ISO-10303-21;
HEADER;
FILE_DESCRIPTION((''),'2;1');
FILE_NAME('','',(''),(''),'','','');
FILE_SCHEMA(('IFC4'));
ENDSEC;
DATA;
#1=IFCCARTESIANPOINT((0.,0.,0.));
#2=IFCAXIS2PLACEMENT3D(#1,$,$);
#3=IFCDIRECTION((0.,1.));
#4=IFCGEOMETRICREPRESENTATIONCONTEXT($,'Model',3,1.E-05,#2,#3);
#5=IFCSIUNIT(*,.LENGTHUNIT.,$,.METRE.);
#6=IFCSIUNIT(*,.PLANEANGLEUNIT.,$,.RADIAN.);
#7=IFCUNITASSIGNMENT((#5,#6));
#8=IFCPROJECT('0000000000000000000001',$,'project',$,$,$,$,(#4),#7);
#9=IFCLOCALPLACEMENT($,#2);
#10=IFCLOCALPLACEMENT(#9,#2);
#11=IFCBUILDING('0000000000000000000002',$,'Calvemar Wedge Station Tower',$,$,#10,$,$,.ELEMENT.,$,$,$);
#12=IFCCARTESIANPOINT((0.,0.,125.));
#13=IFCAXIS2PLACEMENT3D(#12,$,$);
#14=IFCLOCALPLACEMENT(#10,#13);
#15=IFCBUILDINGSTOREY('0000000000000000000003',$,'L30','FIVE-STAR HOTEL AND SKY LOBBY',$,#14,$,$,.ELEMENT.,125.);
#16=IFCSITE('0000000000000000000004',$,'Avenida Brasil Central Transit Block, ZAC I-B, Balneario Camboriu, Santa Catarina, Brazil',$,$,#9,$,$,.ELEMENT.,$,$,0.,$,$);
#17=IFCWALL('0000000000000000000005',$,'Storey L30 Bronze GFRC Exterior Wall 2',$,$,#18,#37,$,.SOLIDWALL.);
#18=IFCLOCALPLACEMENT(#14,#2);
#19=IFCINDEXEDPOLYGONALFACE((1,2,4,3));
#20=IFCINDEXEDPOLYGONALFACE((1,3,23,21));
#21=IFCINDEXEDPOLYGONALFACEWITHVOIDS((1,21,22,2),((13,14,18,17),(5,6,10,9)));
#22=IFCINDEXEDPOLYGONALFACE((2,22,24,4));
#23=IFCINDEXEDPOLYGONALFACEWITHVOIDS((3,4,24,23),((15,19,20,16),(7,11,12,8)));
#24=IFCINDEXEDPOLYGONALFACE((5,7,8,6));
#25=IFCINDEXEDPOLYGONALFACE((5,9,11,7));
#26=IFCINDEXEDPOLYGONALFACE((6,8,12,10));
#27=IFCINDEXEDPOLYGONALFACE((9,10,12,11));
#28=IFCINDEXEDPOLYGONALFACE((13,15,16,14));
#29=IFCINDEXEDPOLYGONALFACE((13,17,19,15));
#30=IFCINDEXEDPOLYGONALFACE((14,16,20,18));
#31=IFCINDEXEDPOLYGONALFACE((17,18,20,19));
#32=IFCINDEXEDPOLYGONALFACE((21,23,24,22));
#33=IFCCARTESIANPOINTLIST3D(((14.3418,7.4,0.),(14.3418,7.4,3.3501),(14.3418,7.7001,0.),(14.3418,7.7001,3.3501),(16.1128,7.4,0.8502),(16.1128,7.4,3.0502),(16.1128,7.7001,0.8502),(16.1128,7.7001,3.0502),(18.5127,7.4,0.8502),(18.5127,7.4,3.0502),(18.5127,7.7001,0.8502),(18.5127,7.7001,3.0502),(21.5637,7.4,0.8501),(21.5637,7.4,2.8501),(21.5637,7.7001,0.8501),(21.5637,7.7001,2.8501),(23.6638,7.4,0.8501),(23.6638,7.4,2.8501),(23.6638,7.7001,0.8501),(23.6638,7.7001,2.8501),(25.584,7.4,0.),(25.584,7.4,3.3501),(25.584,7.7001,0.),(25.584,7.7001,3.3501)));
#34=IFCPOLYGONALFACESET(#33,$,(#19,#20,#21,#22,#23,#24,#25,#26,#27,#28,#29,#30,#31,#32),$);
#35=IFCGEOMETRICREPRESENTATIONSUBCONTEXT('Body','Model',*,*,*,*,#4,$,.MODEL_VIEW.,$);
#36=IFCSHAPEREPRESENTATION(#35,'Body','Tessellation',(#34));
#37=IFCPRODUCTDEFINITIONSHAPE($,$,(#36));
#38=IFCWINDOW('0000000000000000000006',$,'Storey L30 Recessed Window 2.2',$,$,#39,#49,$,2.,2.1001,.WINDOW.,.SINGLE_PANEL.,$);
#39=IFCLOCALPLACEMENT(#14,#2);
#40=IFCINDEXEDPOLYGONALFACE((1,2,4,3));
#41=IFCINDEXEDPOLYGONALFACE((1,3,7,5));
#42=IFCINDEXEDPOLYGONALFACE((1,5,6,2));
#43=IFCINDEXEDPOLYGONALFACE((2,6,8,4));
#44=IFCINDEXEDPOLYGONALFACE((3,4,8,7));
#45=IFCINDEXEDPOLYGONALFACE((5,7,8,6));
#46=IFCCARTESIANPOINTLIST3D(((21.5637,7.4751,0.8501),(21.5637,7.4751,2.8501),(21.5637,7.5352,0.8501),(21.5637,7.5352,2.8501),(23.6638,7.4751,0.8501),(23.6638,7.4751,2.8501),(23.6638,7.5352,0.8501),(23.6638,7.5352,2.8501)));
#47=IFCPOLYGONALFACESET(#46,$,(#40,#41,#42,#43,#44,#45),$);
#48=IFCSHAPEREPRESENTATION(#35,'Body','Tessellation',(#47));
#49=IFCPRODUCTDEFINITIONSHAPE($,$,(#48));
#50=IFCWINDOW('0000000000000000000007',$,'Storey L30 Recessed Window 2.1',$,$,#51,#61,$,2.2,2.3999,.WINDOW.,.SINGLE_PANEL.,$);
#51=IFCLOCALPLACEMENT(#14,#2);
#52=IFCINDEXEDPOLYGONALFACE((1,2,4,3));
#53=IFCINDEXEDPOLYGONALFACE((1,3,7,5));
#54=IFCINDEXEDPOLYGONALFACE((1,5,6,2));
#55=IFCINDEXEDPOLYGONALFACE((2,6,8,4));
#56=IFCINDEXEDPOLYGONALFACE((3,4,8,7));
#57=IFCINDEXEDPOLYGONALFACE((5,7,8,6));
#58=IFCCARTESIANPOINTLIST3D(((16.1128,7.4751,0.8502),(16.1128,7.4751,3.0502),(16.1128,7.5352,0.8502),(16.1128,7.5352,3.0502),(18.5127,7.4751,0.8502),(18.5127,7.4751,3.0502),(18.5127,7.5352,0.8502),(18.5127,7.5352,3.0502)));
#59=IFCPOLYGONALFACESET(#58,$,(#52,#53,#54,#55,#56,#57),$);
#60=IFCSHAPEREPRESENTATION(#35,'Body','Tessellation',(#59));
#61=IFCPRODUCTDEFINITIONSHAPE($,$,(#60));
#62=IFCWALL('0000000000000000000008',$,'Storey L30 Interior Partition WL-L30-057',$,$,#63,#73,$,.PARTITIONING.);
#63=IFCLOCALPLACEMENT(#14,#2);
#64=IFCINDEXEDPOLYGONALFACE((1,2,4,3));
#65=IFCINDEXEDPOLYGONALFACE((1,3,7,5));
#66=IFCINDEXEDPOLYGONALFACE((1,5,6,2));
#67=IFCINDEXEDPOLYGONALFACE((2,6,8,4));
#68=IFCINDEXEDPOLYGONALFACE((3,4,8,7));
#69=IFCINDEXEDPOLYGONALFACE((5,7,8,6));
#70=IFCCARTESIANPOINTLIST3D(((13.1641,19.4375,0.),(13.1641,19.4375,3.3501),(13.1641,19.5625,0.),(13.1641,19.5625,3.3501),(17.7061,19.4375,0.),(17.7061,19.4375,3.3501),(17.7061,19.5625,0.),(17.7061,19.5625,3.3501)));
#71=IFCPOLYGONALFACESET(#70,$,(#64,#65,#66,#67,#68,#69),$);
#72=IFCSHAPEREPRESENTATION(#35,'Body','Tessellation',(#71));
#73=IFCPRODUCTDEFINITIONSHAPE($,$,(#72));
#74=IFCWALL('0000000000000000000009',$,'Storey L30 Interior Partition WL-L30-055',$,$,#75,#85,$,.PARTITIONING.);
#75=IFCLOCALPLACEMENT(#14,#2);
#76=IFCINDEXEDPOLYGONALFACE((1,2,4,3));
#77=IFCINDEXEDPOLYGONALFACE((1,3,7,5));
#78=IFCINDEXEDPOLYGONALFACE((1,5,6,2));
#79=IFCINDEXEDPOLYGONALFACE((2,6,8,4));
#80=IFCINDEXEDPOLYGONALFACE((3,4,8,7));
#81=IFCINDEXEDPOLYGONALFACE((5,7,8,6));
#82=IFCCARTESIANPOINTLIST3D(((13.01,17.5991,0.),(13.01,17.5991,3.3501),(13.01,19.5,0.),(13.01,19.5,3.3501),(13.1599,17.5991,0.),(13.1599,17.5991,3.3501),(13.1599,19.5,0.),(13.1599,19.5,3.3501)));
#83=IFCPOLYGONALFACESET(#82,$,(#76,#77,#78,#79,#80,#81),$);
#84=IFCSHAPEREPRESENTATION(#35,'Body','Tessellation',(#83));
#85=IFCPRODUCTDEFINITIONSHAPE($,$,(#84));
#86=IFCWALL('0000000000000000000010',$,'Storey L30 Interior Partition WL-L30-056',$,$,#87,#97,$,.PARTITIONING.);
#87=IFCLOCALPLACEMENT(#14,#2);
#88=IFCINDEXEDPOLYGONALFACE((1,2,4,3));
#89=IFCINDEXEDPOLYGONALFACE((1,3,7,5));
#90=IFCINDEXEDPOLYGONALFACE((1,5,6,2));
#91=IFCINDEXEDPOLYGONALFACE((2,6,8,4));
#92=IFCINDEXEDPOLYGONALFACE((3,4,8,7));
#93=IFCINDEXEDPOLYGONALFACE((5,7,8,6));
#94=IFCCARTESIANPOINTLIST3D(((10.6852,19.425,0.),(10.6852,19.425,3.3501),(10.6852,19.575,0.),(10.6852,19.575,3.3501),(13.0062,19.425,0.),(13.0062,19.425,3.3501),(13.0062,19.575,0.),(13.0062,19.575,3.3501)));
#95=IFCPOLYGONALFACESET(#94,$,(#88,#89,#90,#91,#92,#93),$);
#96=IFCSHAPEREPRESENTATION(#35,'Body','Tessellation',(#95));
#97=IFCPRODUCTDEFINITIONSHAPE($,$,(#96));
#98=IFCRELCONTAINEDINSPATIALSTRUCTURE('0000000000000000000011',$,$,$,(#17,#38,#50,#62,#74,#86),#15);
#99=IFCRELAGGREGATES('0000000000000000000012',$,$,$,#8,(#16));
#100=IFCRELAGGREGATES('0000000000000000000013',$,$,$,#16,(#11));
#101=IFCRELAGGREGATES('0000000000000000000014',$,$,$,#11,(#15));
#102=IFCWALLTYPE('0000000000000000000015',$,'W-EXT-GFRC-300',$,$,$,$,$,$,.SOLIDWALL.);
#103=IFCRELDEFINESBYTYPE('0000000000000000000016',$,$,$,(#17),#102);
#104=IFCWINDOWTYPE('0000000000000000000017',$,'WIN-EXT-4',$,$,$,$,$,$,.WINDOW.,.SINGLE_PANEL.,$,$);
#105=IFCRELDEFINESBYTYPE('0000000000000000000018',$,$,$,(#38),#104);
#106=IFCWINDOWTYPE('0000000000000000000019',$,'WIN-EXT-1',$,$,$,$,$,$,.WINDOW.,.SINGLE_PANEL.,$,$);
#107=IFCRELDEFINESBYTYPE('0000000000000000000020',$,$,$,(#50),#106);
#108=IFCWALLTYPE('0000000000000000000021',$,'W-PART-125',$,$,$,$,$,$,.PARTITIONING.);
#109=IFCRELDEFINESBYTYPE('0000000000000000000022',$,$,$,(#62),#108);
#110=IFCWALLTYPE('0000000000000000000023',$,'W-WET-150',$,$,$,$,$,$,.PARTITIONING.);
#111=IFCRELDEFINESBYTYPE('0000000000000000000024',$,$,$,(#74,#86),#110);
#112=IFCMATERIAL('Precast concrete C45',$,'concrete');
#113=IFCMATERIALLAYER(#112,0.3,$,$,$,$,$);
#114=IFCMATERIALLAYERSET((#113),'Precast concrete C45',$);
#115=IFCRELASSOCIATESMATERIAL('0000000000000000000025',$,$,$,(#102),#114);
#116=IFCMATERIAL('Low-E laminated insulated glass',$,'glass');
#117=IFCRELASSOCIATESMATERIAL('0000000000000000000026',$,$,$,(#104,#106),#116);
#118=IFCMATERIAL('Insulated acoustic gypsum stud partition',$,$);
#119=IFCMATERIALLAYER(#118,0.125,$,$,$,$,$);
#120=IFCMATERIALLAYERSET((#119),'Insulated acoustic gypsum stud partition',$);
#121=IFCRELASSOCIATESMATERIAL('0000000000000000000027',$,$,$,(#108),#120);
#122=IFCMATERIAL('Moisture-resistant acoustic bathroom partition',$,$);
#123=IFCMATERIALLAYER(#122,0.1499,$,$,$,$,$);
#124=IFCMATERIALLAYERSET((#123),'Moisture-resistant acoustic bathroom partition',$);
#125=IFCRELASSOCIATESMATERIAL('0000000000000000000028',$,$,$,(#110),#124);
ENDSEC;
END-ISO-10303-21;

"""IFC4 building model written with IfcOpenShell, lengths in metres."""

from ifc_helpers import new_model, si_unit, direction, frame, frame_2d, origin, place, context, subcontext, project, spatial, rectangle, extrude, source, transform, mapped, material, layer, layer_set, type_object, element, fill, save


model = new_model("IFC4")

# Units and contexts
model_context = context("Model", 3, precision=1e-05, world=origin(), true_north=direction((0.0, 1.0)))
body_context = subcontext(model_context, "Body", "Model", "MODEL_VIEW")
ifc_project = project(units=[si_unit("LENGTHUNIT", "METRE"), si_unit("PLANEANGLEUNIT", "RADIAN")], contexts=[model_context])

# Site, building, storey
site_placement = place(None, origin())
site = spatial("IfcSite", under=ifc_project, at=site_placement, Name="Avenida Brasil Central Transit Block, ZAC I-B, Balneario Camboriu, Santa Catarina, Brazil", CompositionType="ELEMENT", RefElevation=0.0)
building_placement = place(site_placement, origin())
building = spatial("IfcBuilding", under=site, at=building_placement, Name="Calvemar Wedge Station Tower", CompositionType="ELEMENT")
storey_placement = place(building_placement, frame((0.0, 0.0, 125.0)))
storey = spatial("IfcBuildingStorey", under=building, at=storey_placement, Name="L30", Description="FIVE-STAR HOTEL AND SKY LOBBY", CompositionType="ELEMENT", Elevation=125.0)

# Shared definitions
ifc_material_1 = material(Name="Precast concrete C45", Category="concrete")
ifc_layer_1 = layer(ifc_material_1, 0.3)
ifc_layer_set_1 = layer_set([ifc_layer_1], Name="Precast concrete C45")
wall_type_1 = type_object("IfcWallType", Name="W-EXT-GFRC-300", PredefinedType="SOLIDWALL", material=ifc_layer_set_1)
shared_shape_1 = source(origin(), body_context, "Body", "SweptSolid", [
    extrude(rectangle(XDim=2.1001, YDim=2.0, at=frame_2d((1.05, 1.0))), frame((0.0, 0.1602, 0.0), z_axis=(0.0, -1.0, 0.0), x_axis=(1.0, 0.0, 0.0)), (0.0, 0.0, 1.0), 0.3201),
])
ifc_material_2 = material(Name="Low-E laminated insulated glass", Category="glass")
window_type_1 = type_object("IfcWindowType", Name="WIN-EXT-4", PartitioningType="SINGLE_PANEL", PredefinedType="WINDOW", material=ifc_material_2)
shared_shape_2 = source(origin(), body_context, "Body", "SweptSolid", [
    extrude(rectangle(XDim=2.1001, YDim=2.0, at=frame_2d((1.05, 1.0))), frame((0.0, -0.0149, 0.0), z_axis=(0.0, -1.0, 0.0), x_axis=(1.0, 0.0, 0.0)), (0.0, 0.0, 1.0), 0.0601),
])

# Wall, openings, windows
wall_1_placement = place(storey_placement, frame((14.3418, 7.55, 0.0), z_axis=(0.0, 0.0, 1.0), x_axis=(1.0, 0.0, 0.0)))
wall_1 = element("IfcWall", 1, at=wall_1_placement, inside=storey, type_object=wall_type_1, Name="Storey L30 Bronze GFRC Exterior Wall 2", PredefinedType="SOLIDWALL", context=body_context, shape_type="SweptSolid", body=[
    extrude(rectangle(XDim=11.2422, YDim=0.3, at=frame_2d((5.6211, 0.0))), origin(), (0.0, 0.0, 1.0), 3.3501),
])
shared_shape_3 = source(origin(), body_context, "Body", "SweptSolid", [
    extrude(rectangle(XDim=2.3999, YDim=2.2, at=frame_2d((1.2, 1.1001))), frame((0.0, 0.1602, 0.0), z_axis=(0.0, -1.0, 0.0), x_axis=(1.0, 0.0, 0.0)), (0.0, 0.0, 1.0), 0.3201),
])
opening_1_placement = place(wall_1_placement, frame((1.771, 0.0, 0.8501)))
opening_1 = element("IfcOpeningElement", 2, at=opening_1_placement, cuts=wall_1, PredefinedType="OPENING", context=body_context, shape_type="MappedRepresentation", body=[
    mapped(shared_shape_3, transform((0.0, 0.0, 0.0), scale=1.0)),
])
opening_2_placement = place(wall_1_placement, frame((7.2219, 0.0, 0.8501)))
opening_2 = element("IfcOpeningElement", 3, at=opening_2_placement, cuts=wall_1, PredefinedType="OPENING", context=body_context, shape_type="MappedRepresentation", body=[
    mapped(shared_shape_1, transform((0.0, 0.0, 0.0), scale=1.0)),
])
window_1_placement = place(opening_2_placement, origin())
window_1 = element("IfcWindow", 4, at=window_1_placement, inside=storey, type_object=window_type_1, Name="Storey L30 Recessed Window 2.2", OverallHeight=2.0, OverallWidth=2.1001, PartitioningType="SINGLE_PANEL", PredefinedType="WINDOW", context=body_context, shape_type="MappedRepresentation", body=[
    mapped(shared_shape_2, transform((0.0, 0.0, 0.0), scale=1.0)),
])
fill(opening_2, window_1)
window_type_2 = type_object("IfcWindowType", Name="WIN-EXT-1", PartitioningType="SINGLE_PANEL", PredefinedType="WINDOW", material=ifc_material_2)
shared_shape_4 = source(origin(), body_context, "Body", "SweptSolid", [
    extrude(rectangle(XDim=2.3999, YDim=2.2, at=frame_2d((1.2, 1.1001))), frame((0.0, -0.0149, 0.0), z_axis=(0.0, -1.0, 0.0), x_axis=(1.0, 0.0, 0.0)), (0.0, 0.0, 1.0), 0.0601),
])
window_2_placement = place(opening_1_placement, origin())
window_2 = element("IfcWindow", 5, at=window_2_placement, inside=storey, type_object=window_type_2, Name="Storey L30 Recessed Window 2.1", OverallHeight=2.2, OverallWidth=2.3999, PartitioningType="SINGLE_PANEL", PredefinedType="WINDOW", context=body_context, shape_type="MappedRepresentation", body=[
    mapped(shared_shape_4, transform((0.0, 0.0, 0.0), scale=1.0)),
])
fill(opening_1, window_2)

# Wall
ifc_material_3 = material(Name="Insulated acoustic gypsum stud partition")
ifc_layer_2 = layer(ifc_material_3, 0.125)
ifc_layer_set_2 = layer_set([ifc_layer_2], Name="Insulated acoustic gypsum stud partition")
wall_type_2 = type_object("IfcWallType", Name="W-PART-125", PredefinedType="PARTITIONING", material=ifc_layer_set_2)
wall_2_placement = place(storey_placement, frame((13.1641, 19.5, 0.0), z_axis=(0.0, 0.0, 1.0), x_axis=(1.0, 0.0, 0.0)))
element("IfcWall", 6, at=wall_2_placement, inside=storey, type_object=wall_type_2, Name="Storey L30 Interior Partition WL-L30-057", PredefinedType="PARTITIONING", context=body_context, shape_type="SweptSolid", body=[
    extrude(rectangle(XDim=4.542, YDim=0.125, at=frame_2d((2.271, 0.0))), origin(), (0.0, 0.0, 1.0), 3.3501),
])

# Shared definitions
ifc_material_4 = material(Name="Moisture-resistant acoustic bathroom partition")
ifc_layer_3 = layer(ifc_material_4, 0.1499)
ifc_layer_set_3 = layer_set([ifc_layer_3], Name="Moisture-resistant acoustic bathroom partition")
wall_type_3 = type_object("IfcWallType", Name="W-WET-150", PredefinedType="PARTITIONING", material=ifc_layer_set_3)

# Walls
wall_3_placement = place(storey_placement, frame((13.085, 19.5, 0.0), z_axis=(0.0, 0.0, 1.0), x_axis=(0.0, -1.0, 0.0)))
element("IfcWall", 7, at=wall_3_placement, inside=storey, type_object=wall_type_3, Name="Storey L30 Interior Partition WL-L30-055", PredefinedType="PARTITIONING", context=body_context, shape_type="SweptSolid", body=[
    extrude(rectangle(XDim=1.9009, YDim=0.1499, at=frame_2d((0.9504, 0.0))), origin(), (0.0, 0.0, 1.0), 3.3501),
])
wall_4_placement = place(storey_placement, frame((10.6851, 19.5, 0.0), z_axis=(0.0, 0.0, 1.0), x_axis=(1.0, 0.0, 0.0)))
element("IfcWall", 8, at=wall_4_placement, inside=storey, type_object=wall_type_3, Name="Storey L30 Interior Partition WL-L30-056", PredefinedType="PARTITIONING", context=body_context, shape_type="SweptSolid", body=[
    extrude(rectangle(XDim=2.321, YDim=0.1499, at=frame_2d((1.1606, 0.0))), origin(), (0.0, 0.0, 1.0), 3.3501),
])

save(model, "model.ifc")
